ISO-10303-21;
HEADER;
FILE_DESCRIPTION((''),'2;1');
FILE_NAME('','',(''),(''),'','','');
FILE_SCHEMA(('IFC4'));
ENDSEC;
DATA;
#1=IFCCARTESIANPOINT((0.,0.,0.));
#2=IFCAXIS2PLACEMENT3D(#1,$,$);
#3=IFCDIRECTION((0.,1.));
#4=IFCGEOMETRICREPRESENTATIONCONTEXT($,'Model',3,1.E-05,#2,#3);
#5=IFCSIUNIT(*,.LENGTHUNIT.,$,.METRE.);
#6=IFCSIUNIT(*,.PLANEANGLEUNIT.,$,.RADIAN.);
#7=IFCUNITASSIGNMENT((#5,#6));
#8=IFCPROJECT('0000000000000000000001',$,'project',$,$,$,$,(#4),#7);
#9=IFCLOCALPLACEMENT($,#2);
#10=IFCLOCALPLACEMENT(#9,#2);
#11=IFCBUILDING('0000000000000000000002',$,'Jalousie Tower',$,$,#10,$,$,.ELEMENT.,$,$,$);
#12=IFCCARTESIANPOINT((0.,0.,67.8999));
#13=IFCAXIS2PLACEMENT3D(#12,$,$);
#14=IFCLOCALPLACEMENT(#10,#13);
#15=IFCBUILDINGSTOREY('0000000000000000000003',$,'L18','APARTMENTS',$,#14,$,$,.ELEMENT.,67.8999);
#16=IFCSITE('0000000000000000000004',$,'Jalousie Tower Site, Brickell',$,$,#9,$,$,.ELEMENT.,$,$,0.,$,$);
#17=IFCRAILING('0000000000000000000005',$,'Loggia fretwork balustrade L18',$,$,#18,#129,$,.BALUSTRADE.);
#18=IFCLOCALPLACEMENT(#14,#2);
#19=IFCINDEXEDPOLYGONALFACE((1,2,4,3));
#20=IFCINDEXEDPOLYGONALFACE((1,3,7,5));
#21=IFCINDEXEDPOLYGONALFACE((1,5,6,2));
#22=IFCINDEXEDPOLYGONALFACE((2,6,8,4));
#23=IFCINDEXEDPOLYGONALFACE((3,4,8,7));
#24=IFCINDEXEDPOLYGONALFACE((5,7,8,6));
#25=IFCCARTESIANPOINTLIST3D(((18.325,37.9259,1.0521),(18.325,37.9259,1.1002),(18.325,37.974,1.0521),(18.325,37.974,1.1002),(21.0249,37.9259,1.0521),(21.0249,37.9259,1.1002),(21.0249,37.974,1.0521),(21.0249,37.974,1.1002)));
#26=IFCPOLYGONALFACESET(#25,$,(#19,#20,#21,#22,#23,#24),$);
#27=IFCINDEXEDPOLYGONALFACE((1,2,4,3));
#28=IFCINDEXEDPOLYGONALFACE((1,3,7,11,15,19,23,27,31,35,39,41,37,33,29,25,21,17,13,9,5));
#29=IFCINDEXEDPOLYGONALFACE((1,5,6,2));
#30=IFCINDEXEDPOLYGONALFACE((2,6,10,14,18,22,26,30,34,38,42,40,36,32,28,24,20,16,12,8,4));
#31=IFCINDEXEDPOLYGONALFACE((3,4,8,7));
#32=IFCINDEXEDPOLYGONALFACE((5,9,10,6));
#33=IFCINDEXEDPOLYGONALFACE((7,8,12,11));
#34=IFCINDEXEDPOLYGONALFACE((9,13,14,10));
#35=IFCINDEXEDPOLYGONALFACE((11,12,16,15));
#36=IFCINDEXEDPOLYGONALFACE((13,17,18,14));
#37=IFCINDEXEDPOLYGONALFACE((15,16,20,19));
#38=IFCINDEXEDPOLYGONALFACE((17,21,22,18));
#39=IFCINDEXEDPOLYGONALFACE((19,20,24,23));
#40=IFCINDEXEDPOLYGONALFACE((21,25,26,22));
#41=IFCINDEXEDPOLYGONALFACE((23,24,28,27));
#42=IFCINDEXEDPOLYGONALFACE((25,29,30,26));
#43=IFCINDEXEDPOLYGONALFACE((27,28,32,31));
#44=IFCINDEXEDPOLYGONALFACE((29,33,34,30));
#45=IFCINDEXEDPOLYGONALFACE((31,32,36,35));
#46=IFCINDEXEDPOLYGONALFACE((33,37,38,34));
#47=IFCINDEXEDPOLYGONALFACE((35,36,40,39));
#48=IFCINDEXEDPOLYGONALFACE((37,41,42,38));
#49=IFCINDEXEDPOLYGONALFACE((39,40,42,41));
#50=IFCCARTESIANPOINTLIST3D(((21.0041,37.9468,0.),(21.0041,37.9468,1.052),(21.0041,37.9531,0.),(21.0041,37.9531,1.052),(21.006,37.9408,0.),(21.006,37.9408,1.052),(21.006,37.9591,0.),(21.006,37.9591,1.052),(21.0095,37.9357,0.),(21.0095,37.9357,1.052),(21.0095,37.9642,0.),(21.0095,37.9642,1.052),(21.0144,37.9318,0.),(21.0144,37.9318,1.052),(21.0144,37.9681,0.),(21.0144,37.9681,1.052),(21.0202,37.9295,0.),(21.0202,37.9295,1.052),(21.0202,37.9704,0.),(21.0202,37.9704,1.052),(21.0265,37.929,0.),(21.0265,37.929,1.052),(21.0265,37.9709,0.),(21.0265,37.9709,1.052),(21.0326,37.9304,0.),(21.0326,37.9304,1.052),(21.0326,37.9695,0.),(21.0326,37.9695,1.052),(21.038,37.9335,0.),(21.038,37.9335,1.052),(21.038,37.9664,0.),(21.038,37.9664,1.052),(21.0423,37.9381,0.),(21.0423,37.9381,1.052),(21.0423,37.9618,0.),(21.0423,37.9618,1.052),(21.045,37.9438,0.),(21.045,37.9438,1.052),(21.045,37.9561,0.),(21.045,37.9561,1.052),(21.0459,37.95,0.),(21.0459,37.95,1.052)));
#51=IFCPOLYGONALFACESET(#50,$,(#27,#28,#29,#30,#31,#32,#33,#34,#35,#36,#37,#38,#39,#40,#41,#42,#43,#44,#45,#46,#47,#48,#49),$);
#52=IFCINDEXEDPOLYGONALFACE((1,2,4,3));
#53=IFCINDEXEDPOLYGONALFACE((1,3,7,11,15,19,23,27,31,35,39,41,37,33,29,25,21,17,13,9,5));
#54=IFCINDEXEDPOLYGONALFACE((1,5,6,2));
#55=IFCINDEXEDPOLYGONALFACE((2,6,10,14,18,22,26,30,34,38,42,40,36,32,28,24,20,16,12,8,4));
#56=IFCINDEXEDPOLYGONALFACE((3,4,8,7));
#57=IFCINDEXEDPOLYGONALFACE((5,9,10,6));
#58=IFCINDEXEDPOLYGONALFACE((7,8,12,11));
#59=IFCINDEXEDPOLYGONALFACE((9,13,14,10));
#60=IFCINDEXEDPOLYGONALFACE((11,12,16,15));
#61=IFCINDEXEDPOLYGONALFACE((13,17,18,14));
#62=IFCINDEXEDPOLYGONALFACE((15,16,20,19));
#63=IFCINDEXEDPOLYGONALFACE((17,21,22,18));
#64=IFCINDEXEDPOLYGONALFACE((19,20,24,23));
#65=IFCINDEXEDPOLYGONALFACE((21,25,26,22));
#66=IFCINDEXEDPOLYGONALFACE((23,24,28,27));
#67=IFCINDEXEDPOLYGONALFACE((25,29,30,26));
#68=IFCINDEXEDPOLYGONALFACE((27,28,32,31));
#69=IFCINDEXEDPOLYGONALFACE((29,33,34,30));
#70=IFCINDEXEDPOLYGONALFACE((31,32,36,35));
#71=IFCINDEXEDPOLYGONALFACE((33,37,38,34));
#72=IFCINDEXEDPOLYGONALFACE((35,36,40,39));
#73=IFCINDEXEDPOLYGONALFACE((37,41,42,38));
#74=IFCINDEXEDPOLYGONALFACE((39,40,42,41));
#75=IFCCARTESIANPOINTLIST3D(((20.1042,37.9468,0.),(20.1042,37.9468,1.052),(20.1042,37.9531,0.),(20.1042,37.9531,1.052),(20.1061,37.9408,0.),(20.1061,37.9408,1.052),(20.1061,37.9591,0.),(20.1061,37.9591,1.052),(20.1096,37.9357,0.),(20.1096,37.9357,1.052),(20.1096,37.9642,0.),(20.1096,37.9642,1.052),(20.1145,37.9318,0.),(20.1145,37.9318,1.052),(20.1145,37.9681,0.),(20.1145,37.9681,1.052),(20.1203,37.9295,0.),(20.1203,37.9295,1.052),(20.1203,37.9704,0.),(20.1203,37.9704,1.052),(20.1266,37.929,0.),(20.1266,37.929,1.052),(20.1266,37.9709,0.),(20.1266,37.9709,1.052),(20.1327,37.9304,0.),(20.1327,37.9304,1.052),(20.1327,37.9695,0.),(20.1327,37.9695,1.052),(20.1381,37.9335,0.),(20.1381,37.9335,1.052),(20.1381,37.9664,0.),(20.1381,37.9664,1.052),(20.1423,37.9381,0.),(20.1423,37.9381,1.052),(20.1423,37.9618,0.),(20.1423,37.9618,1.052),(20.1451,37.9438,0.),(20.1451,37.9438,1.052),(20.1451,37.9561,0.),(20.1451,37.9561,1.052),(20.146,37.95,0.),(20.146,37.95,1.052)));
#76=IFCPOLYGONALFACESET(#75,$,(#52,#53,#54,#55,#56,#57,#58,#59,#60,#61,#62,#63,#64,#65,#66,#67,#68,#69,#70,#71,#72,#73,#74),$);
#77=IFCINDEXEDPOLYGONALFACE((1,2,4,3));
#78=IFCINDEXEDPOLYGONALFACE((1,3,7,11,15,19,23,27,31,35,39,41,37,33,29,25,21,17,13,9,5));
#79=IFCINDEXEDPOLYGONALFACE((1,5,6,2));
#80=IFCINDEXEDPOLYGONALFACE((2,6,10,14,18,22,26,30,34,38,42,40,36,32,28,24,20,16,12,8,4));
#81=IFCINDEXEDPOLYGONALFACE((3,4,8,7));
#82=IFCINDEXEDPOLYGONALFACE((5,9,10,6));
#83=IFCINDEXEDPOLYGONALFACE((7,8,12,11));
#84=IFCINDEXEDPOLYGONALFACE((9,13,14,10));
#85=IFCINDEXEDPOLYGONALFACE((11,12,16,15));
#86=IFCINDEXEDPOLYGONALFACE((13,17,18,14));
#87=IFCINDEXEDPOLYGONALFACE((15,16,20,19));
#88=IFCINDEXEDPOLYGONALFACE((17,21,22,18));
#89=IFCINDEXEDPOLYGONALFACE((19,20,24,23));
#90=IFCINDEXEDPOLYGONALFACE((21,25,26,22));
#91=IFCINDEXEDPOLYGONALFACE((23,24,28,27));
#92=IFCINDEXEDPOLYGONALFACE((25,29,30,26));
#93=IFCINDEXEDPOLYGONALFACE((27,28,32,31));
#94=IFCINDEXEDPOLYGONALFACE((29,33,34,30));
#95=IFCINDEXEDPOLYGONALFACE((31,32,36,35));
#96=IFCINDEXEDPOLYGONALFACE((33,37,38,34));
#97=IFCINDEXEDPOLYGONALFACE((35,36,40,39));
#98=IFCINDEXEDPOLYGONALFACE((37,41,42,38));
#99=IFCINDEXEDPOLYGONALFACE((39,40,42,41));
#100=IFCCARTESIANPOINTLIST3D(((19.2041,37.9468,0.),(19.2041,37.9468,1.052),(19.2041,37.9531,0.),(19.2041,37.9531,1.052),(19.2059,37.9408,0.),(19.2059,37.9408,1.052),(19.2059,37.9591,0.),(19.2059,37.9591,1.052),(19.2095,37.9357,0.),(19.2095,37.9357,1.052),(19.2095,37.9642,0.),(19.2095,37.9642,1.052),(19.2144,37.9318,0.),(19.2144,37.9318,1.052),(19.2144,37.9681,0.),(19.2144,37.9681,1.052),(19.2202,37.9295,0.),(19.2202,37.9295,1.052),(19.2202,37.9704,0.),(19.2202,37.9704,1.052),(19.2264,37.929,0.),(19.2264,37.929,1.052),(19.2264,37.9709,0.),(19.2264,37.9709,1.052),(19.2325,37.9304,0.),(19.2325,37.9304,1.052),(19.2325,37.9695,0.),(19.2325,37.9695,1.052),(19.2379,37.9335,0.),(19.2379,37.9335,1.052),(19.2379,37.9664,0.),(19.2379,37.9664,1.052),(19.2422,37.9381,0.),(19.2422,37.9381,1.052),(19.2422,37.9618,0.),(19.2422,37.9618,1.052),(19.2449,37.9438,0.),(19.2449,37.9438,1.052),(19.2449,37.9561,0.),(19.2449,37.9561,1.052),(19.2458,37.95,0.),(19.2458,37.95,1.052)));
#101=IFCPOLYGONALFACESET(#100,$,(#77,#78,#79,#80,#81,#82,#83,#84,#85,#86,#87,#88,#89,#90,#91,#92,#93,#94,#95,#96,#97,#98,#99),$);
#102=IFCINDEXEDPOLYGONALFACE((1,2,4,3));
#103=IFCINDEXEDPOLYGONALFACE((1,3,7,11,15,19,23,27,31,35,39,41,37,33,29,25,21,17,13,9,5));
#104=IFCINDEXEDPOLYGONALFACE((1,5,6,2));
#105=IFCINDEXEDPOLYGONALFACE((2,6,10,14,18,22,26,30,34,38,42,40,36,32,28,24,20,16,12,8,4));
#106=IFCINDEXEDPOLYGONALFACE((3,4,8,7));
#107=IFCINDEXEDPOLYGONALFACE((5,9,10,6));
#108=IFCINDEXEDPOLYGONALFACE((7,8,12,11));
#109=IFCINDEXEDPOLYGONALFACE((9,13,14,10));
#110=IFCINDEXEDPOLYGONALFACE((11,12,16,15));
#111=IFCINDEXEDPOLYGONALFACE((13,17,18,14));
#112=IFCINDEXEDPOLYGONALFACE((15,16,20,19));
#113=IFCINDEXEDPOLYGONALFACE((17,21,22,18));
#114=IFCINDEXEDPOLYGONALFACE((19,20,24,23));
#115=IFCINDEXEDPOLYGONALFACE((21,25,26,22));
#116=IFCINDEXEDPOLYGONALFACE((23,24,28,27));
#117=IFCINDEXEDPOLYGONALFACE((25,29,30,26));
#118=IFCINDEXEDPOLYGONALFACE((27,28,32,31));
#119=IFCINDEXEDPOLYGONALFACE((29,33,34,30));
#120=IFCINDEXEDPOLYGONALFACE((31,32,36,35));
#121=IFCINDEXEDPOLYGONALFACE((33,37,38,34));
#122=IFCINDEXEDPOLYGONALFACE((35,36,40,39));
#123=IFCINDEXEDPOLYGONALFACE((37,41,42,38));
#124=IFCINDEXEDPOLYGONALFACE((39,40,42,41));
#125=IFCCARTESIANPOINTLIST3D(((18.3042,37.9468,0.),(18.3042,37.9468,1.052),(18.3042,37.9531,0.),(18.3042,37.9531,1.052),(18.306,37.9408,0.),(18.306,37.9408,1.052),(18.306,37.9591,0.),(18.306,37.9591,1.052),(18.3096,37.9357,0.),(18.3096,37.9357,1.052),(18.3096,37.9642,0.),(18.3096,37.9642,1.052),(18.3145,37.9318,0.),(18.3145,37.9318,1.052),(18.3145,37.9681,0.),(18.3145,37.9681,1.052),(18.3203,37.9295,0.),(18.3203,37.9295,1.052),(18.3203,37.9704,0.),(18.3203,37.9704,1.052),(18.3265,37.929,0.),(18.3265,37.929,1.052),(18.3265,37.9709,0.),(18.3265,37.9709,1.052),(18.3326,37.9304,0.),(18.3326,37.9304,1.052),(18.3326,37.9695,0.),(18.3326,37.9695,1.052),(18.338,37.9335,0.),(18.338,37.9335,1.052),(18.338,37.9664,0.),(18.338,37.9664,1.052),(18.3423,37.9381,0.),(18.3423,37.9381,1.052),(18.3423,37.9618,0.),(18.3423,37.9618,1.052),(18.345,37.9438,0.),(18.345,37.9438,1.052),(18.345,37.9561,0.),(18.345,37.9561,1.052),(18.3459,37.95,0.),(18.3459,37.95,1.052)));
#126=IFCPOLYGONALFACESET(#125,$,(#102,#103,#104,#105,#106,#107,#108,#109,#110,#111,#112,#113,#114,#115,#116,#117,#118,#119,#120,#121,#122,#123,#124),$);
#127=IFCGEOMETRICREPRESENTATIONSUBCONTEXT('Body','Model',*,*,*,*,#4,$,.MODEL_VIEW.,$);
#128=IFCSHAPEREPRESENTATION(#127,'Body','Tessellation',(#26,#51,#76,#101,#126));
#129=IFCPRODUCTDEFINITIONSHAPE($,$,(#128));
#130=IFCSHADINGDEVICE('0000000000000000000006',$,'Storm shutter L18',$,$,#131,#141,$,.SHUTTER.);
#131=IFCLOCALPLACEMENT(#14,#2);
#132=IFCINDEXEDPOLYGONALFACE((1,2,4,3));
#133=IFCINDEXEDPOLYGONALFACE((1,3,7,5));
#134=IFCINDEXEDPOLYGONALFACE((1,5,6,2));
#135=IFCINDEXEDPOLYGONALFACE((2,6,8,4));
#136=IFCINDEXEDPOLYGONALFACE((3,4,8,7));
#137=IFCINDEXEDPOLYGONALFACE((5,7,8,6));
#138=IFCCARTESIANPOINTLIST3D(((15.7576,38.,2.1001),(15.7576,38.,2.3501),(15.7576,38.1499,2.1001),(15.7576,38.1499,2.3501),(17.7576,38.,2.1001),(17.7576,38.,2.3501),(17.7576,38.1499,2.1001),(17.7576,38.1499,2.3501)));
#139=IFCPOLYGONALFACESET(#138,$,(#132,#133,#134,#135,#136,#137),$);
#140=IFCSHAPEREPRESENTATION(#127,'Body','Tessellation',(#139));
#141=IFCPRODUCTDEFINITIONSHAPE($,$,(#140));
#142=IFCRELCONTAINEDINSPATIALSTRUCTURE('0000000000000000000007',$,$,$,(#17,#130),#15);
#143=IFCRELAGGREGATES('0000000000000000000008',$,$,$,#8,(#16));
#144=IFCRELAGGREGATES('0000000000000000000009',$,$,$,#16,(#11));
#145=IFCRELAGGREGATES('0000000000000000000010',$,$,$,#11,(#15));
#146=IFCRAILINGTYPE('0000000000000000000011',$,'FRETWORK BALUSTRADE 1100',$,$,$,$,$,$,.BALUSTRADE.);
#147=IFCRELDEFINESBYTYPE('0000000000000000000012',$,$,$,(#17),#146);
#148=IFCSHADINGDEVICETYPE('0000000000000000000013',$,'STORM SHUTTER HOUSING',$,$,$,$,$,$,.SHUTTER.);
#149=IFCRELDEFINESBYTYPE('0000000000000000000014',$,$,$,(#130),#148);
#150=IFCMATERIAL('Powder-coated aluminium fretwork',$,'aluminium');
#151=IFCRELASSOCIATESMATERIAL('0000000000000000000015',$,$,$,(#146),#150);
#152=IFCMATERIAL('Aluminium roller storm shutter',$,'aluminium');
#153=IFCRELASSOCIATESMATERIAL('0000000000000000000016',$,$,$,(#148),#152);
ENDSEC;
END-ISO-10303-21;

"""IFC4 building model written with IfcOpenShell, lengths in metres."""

from ifc_helpers import new_model, si_unit, direction, frame, origin, origin_2d, place, context, subcontext, project, spatial, rectangle, circle, extrude, material, type_object, element, save


model = new_model("IFC4")

# Units and contexts
model_context = context("Model", 3, precision=1e-05, world=origin(), true_north=direction((0.0, 1.0)))
body_context = subcontext(model_context, "Body", "Model", "MODEL_VIEW")
ifc_project = project(units=[si_unit("LENGTHUNIT", "METRE"), si_unit("PLANEANGLEUNIT", "RADIAN")], contexts=[model_context])

# Site, building, storey
site_placement = place(None, origin())
site = spatial("IfcSite", under=ifc_project, at=site_placement, Name="Jalousie Tower Site, Brickell", CompositionType="ELEMENT", RefElevation=0.0)
building_placement = place(site_placement, origin())
building = spatial("IfcBuilding", under=site, at=building_placement, Name="Jalousie Tower", CompositionType="ELEMENT")
storey_placement = place(building_placement, frame((0.0, 0.0, 67.8999)))
storey = spatial("IfcBuildingStorey", under=building, at=storey_placement, Name="L18", Description="APARTMENTS", CompositionType="ELEMENT", Elevation=67.8999)

# Railing
ifc_material_1 = material(Name="Powder-coated aluminium fretwork", Category="aluminium")
railing_type = type_object("IfcRailingType", Name="FRETWORK BALUSTRADE 1100", PredefinedType="BALUSTRADE", material=ifc_material_1)
railing_placement = place(storey_placement, frame((21.0249, 37.95, 0.0)))
element("IfcRailing", 1, at=railing_placement, inside=storey, type_object=railing_type, Name="Loggia fretwork balustrade L18", PredefinedType="BALUSTRADE", context=body_context, shape_type="SweptSolid", body=[
    extrude(rectangle(XDim=0.0481, YDim=0.0481, at=origin_2d()), frame((0.0, 0.0, 1.0762), z_axis=(-1.0, 0.0, 0.0), x_axis=(0.0, -1.0, 0.0)), (0.0, 0.0, 1.0), 2.7),
    extrude(circle(Radius=0.021, at=origin_2d()), origin(), (0.0, 0.0, 1.0), 1.052),
    extrude(circle(Radius=0.021, at=origin_2d()), frame((-0.8999, 0.0, 0.0)), (0.0, 0.0, 1.0), 1.052),
    extrude(circle(Radius=0.021, at=origin_2d()), frame((-1.8, 0.0, 0.0)), (0.0, 0.0, 1.0), 1.052),
    extrude(circle(Radius=0.021, at=origin_2d()), frame((-2.7, 0.0, 0.0)), (0.0, 0.0, 1.0), 1.052),
])

# Shading device
ifc_material_2 = material(Name="Aluminium roller storm shutter", Category="aluminium")
shading_device_type = type_object("IfcShadingDeviceType", Name="STORM SHUTTER HOUSING", PredefinedType="SHUTTER", material=ifc_material_2)
shading_device_placement = place(storey_placement, frame((16.7576, 38.075, 2.1001), z_axis=(0.0, 0.0, 1.0), x_axis=(-1.0, 0.0, 0.0)))
element("IfcShadingDevice", 2, at=shading_device_placement, inside=storey, type_object=shading_device_type, Name="Storm shutter L18", PredefinedType="SHUTTER", context=body_context, shape_type="SweptSolid", body=[
    extrude(rectangle(XDim=2.0, YDim=0.1499, at=origin_2d()), origin(), (0.0, 0.0, 1.0), 0.25),
])

save(model, "model.ifc")
